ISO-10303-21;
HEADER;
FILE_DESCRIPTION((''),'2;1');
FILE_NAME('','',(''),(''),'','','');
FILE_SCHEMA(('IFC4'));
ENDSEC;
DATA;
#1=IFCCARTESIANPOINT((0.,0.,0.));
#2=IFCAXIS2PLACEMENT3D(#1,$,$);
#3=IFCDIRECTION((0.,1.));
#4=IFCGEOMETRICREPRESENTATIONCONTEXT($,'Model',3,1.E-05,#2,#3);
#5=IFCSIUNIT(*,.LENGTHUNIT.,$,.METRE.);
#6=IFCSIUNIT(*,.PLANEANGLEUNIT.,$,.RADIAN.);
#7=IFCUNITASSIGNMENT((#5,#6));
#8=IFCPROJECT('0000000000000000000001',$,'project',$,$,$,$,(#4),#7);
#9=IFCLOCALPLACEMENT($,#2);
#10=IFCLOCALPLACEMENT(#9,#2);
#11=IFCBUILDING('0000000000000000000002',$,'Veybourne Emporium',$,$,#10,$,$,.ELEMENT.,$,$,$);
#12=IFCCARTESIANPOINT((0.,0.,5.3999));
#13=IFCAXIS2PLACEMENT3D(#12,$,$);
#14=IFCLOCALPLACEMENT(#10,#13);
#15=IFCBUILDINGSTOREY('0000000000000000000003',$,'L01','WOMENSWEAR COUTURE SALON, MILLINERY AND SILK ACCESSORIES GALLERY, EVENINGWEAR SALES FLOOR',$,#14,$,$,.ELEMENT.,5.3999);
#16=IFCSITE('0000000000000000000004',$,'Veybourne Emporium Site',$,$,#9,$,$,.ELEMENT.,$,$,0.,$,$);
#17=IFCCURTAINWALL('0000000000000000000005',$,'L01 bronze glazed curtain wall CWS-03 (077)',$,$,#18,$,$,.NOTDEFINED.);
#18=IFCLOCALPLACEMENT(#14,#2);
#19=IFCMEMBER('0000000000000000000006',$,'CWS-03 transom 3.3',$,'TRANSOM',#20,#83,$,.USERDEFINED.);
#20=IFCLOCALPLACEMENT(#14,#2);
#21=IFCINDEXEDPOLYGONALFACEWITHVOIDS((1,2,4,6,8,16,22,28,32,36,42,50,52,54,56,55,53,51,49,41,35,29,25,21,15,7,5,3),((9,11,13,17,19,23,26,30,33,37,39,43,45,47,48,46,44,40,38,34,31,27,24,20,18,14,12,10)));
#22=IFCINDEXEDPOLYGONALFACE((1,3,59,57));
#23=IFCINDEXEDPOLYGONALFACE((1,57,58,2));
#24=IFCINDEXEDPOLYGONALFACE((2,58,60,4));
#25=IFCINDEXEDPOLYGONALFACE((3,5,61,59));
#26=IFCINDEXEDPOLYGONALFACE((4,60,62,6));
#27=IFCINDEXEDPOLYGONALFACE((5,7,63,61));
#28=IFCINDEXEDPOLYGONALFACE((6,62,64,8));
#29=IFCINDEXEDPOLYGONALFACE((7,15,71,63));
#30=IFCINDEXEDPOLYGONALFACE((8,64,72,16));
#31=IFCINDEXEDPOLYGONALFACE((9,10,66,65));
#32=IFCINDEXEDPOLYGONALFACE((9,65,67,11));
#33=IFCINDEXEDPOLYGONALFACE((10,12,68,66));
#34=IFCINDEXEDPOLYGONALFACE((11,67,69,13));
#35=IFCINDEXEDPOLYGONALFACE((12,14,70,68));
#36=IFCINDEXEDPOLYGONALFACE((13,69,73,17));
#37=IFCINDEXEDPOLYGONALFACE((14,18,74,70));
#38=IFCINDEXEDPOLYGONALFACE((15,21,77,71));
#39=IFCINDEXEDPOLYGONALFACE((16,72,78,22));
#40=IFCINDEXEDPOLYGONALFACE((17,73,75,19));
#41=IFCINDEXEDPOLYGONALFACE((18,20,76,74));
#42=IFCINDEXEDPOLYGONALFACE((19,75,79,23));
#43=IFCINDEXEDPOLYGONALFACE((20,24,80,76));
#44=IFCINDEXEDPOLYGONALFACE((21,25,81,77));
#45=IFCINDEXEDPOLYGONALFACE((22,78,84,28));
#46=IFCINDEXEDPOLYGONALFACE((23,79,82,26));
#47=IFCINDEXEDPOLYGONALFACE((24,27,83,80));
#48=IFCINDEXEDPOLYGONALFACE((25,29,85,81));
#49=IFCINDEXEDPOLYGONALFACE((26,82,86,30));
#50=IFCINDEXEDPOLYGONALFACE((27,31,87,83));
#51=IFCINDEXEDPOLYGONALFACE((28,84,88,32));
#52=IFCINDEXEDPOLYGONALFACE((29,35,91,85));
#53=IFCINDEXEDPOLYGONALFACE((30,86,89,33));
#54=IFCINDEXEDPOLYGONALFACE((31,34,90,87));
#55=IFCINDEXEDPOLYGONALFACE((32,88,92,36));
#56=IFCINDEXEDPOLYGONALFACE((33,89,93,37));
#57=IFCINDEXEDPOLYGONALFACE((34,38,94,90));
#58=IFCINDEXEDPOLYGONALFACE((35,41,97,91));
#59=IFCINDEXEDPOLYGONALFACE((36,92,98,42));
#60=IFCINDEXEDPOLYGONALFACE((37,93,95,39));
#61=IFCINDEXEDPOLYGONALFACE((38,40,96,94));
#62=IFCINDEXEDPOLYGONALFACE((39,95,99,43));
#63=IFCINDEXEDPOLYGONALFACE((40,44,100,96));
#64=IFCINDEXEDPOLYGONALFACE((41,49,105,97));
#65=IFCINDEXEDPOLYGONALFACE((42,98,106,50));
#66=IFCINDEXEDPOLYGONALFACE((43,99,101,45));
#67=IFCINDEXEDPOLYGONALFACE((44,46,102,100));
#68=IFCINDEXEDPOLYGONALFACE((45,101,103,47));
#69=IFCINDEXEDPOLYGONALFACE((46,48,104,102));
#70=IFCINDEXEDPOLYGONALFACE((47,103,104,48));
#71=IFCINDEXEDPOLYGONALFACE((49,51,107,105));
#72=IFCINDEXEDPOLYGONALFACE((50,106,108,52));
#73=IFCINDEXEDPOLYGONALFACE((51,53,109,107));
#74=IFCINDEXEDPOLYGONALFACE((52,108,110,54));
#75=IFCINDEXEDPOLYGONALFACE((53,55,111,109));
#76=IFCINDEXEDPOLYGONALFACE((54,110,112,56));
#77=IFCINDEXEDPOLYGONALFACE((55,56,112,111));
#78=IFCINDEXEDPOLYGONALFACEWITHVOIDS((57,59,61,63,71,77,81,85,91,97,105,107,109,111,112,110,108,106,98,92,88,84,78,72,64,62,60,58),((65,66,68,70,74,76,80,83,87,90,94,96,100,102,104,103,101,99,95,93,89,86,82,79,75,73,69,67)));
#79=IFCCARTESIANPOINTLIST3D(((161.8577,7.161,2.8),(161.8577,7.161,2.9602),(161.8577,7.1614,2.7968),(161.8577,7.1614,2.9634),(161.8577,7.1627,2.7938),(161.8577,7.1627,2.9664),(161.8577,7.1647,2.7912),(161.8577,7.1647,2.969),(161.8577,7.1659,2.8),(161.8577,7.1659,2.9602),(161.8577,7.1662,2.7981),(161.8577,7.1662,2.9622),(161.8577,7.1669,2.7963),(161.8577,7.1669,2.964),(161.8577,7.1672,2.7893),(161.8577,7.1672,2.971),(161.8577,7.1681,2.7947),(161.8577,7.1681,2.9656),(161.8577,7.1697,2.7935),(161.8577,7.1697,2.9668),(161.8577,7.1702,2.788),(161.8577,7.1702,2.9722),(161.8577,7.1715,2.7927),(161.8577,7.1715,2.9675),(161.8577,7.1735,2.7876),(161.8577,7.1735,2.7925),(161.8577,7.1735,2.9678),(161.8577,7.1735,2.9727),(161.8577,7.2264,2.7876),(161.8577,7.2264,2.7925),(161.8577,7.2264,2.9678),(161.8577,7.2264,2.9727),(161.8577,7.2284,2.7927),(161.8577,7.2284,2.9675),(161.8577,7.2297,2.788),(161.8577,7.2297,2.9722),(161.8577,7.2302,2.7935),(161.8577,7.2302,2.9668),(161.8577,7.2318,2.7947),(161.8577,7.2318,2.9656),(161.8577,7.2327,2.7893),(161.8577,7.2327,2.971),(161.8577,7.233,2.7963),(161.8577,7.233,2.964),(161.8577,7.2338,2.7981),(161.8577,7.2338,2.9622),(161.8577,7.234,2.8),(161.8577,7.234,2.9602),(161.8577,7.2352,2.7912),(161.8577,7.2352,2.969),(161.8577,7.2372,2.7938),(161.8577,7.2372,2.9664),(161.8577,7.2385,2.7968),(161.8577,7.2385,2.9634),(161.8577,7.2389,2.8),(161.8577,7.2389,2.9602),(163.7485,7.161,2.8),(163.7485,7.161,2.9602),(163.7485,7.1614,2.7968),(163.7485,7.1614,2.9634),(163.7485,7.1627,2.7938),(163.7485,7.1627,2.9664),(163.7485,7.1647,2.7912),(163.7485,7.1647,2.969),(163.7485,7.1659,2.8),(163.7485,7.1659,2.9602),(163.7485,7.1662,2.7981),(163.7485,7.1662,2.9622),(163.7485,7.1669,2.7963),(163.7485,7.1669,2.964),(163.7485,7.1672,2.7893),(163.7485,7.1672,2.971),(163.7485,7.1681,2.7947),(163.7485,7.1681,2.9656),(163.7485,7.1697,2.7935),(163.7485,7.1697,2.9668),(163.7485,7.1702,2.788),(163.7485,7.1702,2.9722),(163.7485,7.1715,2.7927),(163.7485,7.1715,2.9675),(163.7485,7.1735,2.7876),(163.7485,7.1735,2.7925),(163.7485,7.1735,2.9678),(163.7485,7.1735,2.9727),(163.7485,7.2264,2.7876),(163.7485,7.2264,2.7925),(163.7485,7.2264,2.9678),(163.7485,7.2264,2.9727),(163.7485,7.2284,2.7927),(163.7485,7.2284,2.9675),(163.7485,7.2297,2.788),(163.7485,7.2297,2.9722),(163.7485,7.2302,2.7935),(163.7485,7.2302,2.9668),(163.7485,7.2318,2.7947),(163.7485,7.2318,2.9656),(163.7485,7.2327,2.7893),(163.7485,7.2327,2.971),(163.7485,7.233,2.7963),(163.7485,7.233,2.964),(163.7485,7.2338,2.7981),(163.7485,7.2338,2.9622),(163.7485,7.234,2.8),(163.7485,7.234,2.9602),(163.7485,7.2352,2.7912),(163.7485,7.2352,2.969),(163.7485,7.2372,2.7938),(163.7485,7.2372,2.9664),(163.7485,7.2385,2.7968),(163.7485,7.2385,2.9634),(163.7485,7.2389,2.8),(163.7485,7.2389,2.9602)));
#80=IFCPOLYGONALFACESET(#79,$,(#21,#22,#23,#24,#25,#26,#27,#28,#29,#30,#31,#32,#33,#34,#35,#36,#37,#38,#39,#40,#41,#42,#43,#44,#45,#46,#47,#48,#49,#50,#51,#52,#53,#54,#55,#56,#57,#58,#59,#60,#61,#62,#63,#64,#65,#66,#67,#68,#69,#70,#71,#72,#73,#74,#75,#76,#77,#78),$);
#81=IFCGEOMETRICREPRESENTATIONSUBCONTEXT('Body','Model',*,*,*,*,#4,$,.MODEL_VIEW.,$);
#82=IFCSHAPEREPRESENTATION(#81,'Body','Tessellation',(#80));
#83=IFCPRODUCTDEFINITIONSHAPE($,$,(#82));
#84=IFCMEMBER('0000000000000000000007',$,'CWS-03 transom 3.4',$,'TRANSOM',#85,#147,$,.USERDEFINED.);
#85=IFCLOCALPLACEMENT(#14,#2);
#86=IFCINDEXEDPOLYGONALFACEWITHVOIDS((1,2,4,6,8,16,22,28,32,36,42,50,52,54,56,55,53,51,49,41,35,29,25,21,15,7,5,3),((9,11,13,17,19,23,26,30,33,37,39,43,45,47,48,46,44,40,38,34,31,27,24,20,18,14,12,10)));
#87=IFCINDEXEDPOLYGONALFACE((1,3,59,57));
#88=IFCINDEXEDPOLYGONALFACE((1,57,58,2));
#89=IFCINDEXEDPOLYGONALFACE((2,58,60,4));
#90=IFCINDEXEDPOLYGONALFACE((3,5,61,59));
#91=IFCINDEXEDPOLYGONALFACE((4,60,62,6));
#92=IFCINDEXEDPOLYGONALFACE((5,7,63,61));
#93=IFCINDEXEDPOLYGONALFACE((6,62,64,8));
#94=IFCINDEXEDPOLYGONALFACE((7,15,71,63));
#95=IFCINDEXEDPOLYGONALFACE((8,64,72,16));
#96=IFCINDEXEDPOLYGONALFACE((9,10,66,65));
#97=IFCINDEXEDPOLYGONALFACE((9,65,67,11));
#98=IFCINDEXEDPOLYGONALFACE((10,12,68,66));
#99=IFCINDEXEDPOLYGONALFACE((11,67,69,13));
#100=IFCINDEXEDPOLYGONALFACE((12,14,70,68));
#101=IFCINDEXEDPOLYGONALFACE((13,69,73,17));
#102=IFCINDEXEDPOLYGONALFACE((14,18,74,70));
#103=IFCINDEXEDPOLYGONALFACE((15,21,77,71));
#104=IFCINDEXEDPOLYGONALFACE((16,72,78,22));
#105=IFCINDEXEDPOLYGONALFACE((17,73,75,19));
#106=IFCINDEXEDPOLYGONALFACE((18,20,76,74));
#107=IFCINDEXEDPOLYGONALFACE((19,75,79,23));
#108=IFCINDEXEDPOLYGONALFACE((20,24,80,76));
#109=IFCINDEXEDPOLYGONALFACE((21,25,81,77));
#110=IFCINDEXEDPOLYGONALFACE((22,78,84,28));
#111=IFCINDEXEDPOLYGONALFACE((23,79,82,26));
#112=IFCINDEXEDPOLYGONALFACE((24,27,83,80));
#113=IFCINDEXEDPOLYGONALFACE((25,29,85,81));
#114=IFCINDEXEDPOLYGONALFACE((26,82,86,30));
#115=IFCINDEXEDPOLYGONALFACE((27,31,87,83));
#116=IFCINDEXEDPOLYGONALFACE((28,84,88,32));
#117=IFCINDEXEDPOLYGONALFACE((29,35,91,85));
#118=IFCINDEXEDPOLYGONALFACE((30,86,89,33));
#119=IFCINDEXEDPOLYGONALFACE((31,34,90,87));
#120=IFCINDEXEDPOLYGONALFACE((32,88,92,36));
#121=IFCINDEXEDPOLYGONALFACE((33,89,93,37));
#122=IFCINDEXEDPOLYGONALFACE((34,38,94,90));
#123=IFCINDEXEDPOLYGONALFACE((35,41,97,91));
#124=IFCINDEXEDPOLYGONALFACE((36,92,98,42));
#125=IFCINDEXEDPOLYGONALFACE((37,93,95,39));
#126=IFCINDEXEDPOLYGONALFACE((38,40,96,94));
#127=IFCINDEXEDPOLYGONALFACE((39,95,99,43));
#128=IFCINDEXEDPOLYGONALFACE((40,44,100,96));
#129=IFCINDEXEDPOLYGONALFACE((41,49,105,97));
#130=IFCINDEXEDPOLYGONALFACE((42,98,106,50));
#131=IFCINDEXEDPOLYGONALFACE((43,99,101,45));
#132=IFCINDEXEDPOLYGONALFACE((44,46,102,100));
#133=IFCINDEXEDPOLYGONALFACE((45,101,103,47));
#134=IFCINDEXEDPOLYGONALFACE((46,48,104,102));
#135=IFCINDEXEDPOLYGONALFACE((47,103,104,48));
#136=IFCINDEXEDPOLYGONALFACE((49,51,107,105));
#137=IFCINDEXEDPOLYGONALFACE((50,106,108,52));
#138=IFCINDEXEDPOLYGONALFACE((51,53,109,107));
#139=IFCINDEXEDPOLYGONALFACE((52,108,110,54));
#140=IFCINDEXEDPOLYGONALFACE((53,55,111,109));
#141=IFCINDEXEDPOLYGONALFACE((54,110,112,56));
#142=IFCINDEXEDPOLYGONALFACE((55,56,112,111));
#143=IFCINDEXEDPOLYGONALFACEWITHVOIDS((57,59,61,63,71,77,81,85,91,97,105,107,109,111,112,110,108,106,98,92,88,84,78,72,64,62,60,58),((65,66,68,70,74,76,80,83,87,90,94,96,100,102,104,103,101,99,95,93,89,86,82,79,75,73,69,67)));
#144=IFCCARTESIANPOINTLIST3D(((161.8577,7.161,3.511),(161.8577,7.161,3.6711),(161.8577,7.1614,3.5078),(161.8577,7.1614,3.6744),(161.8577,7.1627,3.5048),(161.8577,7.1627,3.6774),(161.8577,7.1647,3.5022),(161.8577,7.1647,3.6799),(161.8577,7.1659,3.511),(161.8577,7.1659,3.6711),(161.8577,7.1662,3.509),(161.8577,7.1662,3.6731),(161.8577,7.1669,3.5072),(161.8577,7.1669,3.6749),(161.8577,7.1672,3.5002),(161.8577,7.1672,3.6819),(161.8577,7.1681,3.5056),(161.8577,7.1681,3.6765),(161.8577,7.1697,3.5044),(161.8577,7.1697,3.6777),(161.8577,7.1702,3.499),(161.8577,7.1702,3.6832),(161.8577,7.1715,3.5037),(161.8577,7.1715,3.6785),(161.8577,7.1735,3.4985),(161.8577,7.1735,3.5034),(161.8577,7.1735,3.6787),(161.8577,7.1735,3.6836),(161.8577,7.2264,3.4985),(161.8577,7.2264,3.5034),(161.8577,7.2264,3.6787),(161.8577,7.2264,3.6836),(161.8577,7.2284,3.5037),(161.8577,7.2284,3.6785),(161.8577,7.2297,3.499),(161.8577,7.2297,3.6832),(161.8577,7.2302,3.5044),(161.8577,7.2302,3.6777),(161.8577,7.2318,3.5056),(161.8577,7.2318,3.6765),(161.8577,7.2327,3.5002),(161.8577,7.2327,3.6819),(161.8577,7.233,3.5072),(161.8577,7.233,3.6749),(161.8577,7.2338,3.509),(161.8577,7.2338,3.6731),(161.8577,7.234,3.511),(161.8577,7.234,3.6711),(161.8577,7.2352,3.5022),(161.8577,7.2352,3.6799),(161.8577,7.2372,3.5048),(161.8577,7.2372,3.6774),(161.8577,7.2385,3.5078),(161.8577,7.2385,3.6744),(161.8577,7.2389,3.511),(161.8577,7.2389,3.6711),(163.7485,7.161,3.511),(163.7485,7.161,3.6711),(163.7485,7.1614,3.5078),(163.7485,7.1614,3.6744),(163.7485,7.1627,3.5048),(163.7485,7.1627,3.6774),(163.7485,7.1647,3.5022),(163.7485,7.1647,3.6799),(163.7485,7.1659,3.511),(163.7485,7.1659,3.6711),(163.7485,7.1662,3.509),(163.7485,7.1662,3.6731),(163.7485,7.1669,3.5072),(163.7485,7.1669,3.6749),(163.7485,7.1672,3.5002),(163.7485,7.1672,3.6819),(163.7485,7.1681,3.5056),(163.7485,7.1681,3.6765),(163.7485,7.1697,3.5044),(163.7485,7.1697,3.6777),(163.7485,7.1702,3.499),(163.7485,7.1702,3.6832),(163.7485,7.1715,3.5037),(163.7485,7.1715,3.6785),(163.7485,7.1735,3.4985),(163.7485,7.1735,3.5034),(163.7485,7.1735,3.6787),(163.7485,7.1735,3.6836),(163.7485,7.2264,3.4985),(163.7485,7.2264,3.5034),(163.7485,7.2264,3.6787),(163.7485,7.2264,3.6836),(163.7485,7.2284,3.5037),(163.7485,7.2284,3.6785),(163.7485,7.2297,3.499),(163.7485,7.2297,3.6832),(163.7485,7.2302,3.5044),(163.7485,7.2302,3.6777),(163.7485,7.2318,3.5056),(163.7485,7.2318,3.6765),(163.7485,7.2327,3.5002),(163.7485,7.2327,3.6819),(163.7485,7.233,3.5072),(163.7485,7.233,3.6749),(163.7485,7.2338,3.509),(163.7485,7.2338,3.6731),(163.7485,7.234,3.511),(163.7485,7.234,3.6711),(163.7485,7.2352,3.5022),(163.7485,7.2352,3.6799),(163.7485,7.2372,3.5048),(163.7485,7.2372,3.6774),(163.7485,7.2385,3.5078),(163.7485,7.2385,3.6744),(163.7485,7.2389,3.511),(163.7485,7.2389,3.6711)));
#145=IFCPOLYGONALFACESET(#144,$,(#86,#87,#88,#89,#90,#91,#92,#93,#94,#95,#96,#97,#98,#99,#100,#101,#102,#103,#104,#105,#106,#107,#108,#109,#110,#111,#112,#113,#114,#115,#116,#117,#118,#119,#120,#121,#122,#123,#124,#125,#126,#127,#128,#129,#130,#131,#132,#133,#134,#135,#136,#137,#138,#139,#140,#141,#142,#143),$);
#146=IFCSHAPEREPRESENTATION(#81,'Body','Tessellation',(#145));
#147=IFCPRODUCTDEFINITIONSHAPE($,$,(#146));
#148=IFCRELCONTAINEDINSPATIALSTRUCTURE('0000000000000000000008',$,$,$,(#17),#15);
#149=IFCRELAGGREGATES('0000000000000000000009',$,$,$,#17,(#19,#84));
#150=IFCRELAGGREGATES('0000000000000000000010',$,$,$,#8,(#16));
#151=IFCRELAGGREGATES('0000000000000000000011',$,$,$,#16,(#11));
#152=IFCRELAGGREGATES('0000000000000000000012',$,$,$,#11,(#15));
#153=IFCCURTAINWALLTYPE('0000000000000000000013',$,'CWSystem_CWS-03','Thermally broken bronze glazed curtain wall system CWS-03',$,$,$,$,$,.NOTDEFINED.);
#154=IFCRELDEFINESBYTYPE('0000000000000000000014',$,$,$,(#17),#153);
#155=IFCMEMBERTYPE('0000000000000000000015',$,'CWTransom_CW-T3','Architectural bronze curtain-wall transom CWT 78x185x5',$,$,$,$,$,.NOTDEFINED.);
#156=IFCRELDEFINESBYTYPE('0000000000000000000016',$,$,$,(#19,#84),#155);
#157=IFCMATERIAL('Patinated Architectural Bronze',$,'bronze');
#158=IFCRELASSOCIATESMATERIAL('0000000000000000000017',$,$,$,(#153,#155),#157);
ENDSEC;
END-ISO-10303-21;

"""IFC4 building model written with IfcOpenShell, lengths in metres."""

from ifc_helpers import new_model, si_unit, direction, frame, origin, origin_2d, place, context, subcontext, project, spatial, hollow_rectangle, extrude, material, material_profile, profile_set, type_object, element, aggregate, save


model = new_model("IFC4")

# Units and contexts
model_context = context("Model", 3, precision=1e-05, world=origin(), true_north=direction((0.0, 1.0)))
body_context = subcontext(model_context, "Body", "Model", "MODEL_VIEW")
ifc_project = project(units=[si_unit("LENGTHUNIT", "METRE"), si_unit("PLANEANGLEUNIT", "RADIAN")], contexts=[model_context])

# Site, building, storey
site_placement = place(None, origin())
site = spatial("IfcSite", under=ifc_project, at=site_placement, Name="Veybourne Emporium Site", CompositionType="ELEMENT", RefElevation=0.0)
building_placement = place(site_placement, origin())
building = spatial("IfcBuilding", under=site, at=building_placement, Name="Veybourne Emporium", CompositionType="ELEMENT")
storey_placement = place(building_placement, frame((0.0, 0.0, 5.3999)))
storey = spatial("IfcBuildingStorey", under=building, at=storey_placement, Name="L01", Description="WOMENSWEAR COUTURE SALON, MILLINERY AND SILK ACCESSORIES GALLERY, EVENINGWEAR SALES FLOOR", CompositionType="ELEMENT", Elevation=5.3999)

# Curtain wall, members
ifc_material_1 = material(Name="Patinated Architectural Bronze", Category="bronze")
curtain_wall_type = type_object("IfcCurtainWallType", Name="CWSystem_CWS-03", Description="Thermally broken bronze glazed curtain wall system CWS-03", PredefinedType="NOTDEFINED", material=ifc_material_1)
curtain_wall_placement = place(storey_placement, origin())
curtain_wall = element("IfcCurtainWall", 1, at=curtain_wall_placement, inside=storey, type_object=curtain_wall_type, Name="L01 bronze glazed curtain wall CWS-03 (077)", PredefinedType="NOTDEFINED")
ifc_material_profile_1 = material_profile(ifc_material_1, hollow_rectangle(XDim=0.0779, YDim=0.1851, WallThickness=0.0049, InnerFilletRadius=0.0076, OuterFilletRadius=0.0125, at=origin_2d()), Name="CWT 78x185x5")
ifc_profile_set_1 = profile_set([ifc_material_profile_1], Name="Patinated Architectural Bronze")
member_type_1 = type_object("IfcMemberType", Name="CWTransom_CW-T3", Description="Architectural bronze curtain-wall transom CWT 78x185x5", PredefinedType="NOTDEFINED", material=ifc_profile_set_1)
member_1_placement = place(storey_placement, frame((163.7485, 7.2, 2.8801), z_axis=(-1.0, 0.0, 0.0), x_axis=(0.0, -1.0, 0.0)))
member_1 = element("IfcMember", 2, at=member_1_placement, type_object=member_type_1, Name="CWS-03 transom 3.3", ObjectType="TRANSOM", PredefinedType="USERDEFINED", context=body_context, shape_type="SweptSolid", body=[
    extrude(hollow_rectangle(XDim=0.0779, YDim=0.1851, WallThickness=0.0049, InnerFilletRadius=0.0076, OuterFilletRadius=0.0125, at=origin_2d()), origin(), (0.0, 0.0, 1.0), 1.8909),
])
member_2_placement = place(storey_placement, frame((163.7485, 7.2, 3.5911), z_axis=(-1.0, 0.0, 0.0), x_axis=(0.0, -1.0, 0.0)))
member_2 = element("IfcMember", 3, at=member_2_placement, type_object=member_type_1, Name="CWS-03 transom 3.4", ObjectType="TRANSOM", PredefinedType="USERDEFINED", context=body_context, shape_type="SweptSolid", body=[
    extrude(hollow_rectangle(XDim=0.0779, YDim=0.1851, WallThickness=0.0049, InnerFilletRadius=0.0076, OuterFilletRadius=0.0125, at=origin_2d()), origin(), (0.0, 0.0, 1.0), 1.8909),
])
aggregate(curtain_wall, [member_1, member_2])

save(model, "model.ifc")
